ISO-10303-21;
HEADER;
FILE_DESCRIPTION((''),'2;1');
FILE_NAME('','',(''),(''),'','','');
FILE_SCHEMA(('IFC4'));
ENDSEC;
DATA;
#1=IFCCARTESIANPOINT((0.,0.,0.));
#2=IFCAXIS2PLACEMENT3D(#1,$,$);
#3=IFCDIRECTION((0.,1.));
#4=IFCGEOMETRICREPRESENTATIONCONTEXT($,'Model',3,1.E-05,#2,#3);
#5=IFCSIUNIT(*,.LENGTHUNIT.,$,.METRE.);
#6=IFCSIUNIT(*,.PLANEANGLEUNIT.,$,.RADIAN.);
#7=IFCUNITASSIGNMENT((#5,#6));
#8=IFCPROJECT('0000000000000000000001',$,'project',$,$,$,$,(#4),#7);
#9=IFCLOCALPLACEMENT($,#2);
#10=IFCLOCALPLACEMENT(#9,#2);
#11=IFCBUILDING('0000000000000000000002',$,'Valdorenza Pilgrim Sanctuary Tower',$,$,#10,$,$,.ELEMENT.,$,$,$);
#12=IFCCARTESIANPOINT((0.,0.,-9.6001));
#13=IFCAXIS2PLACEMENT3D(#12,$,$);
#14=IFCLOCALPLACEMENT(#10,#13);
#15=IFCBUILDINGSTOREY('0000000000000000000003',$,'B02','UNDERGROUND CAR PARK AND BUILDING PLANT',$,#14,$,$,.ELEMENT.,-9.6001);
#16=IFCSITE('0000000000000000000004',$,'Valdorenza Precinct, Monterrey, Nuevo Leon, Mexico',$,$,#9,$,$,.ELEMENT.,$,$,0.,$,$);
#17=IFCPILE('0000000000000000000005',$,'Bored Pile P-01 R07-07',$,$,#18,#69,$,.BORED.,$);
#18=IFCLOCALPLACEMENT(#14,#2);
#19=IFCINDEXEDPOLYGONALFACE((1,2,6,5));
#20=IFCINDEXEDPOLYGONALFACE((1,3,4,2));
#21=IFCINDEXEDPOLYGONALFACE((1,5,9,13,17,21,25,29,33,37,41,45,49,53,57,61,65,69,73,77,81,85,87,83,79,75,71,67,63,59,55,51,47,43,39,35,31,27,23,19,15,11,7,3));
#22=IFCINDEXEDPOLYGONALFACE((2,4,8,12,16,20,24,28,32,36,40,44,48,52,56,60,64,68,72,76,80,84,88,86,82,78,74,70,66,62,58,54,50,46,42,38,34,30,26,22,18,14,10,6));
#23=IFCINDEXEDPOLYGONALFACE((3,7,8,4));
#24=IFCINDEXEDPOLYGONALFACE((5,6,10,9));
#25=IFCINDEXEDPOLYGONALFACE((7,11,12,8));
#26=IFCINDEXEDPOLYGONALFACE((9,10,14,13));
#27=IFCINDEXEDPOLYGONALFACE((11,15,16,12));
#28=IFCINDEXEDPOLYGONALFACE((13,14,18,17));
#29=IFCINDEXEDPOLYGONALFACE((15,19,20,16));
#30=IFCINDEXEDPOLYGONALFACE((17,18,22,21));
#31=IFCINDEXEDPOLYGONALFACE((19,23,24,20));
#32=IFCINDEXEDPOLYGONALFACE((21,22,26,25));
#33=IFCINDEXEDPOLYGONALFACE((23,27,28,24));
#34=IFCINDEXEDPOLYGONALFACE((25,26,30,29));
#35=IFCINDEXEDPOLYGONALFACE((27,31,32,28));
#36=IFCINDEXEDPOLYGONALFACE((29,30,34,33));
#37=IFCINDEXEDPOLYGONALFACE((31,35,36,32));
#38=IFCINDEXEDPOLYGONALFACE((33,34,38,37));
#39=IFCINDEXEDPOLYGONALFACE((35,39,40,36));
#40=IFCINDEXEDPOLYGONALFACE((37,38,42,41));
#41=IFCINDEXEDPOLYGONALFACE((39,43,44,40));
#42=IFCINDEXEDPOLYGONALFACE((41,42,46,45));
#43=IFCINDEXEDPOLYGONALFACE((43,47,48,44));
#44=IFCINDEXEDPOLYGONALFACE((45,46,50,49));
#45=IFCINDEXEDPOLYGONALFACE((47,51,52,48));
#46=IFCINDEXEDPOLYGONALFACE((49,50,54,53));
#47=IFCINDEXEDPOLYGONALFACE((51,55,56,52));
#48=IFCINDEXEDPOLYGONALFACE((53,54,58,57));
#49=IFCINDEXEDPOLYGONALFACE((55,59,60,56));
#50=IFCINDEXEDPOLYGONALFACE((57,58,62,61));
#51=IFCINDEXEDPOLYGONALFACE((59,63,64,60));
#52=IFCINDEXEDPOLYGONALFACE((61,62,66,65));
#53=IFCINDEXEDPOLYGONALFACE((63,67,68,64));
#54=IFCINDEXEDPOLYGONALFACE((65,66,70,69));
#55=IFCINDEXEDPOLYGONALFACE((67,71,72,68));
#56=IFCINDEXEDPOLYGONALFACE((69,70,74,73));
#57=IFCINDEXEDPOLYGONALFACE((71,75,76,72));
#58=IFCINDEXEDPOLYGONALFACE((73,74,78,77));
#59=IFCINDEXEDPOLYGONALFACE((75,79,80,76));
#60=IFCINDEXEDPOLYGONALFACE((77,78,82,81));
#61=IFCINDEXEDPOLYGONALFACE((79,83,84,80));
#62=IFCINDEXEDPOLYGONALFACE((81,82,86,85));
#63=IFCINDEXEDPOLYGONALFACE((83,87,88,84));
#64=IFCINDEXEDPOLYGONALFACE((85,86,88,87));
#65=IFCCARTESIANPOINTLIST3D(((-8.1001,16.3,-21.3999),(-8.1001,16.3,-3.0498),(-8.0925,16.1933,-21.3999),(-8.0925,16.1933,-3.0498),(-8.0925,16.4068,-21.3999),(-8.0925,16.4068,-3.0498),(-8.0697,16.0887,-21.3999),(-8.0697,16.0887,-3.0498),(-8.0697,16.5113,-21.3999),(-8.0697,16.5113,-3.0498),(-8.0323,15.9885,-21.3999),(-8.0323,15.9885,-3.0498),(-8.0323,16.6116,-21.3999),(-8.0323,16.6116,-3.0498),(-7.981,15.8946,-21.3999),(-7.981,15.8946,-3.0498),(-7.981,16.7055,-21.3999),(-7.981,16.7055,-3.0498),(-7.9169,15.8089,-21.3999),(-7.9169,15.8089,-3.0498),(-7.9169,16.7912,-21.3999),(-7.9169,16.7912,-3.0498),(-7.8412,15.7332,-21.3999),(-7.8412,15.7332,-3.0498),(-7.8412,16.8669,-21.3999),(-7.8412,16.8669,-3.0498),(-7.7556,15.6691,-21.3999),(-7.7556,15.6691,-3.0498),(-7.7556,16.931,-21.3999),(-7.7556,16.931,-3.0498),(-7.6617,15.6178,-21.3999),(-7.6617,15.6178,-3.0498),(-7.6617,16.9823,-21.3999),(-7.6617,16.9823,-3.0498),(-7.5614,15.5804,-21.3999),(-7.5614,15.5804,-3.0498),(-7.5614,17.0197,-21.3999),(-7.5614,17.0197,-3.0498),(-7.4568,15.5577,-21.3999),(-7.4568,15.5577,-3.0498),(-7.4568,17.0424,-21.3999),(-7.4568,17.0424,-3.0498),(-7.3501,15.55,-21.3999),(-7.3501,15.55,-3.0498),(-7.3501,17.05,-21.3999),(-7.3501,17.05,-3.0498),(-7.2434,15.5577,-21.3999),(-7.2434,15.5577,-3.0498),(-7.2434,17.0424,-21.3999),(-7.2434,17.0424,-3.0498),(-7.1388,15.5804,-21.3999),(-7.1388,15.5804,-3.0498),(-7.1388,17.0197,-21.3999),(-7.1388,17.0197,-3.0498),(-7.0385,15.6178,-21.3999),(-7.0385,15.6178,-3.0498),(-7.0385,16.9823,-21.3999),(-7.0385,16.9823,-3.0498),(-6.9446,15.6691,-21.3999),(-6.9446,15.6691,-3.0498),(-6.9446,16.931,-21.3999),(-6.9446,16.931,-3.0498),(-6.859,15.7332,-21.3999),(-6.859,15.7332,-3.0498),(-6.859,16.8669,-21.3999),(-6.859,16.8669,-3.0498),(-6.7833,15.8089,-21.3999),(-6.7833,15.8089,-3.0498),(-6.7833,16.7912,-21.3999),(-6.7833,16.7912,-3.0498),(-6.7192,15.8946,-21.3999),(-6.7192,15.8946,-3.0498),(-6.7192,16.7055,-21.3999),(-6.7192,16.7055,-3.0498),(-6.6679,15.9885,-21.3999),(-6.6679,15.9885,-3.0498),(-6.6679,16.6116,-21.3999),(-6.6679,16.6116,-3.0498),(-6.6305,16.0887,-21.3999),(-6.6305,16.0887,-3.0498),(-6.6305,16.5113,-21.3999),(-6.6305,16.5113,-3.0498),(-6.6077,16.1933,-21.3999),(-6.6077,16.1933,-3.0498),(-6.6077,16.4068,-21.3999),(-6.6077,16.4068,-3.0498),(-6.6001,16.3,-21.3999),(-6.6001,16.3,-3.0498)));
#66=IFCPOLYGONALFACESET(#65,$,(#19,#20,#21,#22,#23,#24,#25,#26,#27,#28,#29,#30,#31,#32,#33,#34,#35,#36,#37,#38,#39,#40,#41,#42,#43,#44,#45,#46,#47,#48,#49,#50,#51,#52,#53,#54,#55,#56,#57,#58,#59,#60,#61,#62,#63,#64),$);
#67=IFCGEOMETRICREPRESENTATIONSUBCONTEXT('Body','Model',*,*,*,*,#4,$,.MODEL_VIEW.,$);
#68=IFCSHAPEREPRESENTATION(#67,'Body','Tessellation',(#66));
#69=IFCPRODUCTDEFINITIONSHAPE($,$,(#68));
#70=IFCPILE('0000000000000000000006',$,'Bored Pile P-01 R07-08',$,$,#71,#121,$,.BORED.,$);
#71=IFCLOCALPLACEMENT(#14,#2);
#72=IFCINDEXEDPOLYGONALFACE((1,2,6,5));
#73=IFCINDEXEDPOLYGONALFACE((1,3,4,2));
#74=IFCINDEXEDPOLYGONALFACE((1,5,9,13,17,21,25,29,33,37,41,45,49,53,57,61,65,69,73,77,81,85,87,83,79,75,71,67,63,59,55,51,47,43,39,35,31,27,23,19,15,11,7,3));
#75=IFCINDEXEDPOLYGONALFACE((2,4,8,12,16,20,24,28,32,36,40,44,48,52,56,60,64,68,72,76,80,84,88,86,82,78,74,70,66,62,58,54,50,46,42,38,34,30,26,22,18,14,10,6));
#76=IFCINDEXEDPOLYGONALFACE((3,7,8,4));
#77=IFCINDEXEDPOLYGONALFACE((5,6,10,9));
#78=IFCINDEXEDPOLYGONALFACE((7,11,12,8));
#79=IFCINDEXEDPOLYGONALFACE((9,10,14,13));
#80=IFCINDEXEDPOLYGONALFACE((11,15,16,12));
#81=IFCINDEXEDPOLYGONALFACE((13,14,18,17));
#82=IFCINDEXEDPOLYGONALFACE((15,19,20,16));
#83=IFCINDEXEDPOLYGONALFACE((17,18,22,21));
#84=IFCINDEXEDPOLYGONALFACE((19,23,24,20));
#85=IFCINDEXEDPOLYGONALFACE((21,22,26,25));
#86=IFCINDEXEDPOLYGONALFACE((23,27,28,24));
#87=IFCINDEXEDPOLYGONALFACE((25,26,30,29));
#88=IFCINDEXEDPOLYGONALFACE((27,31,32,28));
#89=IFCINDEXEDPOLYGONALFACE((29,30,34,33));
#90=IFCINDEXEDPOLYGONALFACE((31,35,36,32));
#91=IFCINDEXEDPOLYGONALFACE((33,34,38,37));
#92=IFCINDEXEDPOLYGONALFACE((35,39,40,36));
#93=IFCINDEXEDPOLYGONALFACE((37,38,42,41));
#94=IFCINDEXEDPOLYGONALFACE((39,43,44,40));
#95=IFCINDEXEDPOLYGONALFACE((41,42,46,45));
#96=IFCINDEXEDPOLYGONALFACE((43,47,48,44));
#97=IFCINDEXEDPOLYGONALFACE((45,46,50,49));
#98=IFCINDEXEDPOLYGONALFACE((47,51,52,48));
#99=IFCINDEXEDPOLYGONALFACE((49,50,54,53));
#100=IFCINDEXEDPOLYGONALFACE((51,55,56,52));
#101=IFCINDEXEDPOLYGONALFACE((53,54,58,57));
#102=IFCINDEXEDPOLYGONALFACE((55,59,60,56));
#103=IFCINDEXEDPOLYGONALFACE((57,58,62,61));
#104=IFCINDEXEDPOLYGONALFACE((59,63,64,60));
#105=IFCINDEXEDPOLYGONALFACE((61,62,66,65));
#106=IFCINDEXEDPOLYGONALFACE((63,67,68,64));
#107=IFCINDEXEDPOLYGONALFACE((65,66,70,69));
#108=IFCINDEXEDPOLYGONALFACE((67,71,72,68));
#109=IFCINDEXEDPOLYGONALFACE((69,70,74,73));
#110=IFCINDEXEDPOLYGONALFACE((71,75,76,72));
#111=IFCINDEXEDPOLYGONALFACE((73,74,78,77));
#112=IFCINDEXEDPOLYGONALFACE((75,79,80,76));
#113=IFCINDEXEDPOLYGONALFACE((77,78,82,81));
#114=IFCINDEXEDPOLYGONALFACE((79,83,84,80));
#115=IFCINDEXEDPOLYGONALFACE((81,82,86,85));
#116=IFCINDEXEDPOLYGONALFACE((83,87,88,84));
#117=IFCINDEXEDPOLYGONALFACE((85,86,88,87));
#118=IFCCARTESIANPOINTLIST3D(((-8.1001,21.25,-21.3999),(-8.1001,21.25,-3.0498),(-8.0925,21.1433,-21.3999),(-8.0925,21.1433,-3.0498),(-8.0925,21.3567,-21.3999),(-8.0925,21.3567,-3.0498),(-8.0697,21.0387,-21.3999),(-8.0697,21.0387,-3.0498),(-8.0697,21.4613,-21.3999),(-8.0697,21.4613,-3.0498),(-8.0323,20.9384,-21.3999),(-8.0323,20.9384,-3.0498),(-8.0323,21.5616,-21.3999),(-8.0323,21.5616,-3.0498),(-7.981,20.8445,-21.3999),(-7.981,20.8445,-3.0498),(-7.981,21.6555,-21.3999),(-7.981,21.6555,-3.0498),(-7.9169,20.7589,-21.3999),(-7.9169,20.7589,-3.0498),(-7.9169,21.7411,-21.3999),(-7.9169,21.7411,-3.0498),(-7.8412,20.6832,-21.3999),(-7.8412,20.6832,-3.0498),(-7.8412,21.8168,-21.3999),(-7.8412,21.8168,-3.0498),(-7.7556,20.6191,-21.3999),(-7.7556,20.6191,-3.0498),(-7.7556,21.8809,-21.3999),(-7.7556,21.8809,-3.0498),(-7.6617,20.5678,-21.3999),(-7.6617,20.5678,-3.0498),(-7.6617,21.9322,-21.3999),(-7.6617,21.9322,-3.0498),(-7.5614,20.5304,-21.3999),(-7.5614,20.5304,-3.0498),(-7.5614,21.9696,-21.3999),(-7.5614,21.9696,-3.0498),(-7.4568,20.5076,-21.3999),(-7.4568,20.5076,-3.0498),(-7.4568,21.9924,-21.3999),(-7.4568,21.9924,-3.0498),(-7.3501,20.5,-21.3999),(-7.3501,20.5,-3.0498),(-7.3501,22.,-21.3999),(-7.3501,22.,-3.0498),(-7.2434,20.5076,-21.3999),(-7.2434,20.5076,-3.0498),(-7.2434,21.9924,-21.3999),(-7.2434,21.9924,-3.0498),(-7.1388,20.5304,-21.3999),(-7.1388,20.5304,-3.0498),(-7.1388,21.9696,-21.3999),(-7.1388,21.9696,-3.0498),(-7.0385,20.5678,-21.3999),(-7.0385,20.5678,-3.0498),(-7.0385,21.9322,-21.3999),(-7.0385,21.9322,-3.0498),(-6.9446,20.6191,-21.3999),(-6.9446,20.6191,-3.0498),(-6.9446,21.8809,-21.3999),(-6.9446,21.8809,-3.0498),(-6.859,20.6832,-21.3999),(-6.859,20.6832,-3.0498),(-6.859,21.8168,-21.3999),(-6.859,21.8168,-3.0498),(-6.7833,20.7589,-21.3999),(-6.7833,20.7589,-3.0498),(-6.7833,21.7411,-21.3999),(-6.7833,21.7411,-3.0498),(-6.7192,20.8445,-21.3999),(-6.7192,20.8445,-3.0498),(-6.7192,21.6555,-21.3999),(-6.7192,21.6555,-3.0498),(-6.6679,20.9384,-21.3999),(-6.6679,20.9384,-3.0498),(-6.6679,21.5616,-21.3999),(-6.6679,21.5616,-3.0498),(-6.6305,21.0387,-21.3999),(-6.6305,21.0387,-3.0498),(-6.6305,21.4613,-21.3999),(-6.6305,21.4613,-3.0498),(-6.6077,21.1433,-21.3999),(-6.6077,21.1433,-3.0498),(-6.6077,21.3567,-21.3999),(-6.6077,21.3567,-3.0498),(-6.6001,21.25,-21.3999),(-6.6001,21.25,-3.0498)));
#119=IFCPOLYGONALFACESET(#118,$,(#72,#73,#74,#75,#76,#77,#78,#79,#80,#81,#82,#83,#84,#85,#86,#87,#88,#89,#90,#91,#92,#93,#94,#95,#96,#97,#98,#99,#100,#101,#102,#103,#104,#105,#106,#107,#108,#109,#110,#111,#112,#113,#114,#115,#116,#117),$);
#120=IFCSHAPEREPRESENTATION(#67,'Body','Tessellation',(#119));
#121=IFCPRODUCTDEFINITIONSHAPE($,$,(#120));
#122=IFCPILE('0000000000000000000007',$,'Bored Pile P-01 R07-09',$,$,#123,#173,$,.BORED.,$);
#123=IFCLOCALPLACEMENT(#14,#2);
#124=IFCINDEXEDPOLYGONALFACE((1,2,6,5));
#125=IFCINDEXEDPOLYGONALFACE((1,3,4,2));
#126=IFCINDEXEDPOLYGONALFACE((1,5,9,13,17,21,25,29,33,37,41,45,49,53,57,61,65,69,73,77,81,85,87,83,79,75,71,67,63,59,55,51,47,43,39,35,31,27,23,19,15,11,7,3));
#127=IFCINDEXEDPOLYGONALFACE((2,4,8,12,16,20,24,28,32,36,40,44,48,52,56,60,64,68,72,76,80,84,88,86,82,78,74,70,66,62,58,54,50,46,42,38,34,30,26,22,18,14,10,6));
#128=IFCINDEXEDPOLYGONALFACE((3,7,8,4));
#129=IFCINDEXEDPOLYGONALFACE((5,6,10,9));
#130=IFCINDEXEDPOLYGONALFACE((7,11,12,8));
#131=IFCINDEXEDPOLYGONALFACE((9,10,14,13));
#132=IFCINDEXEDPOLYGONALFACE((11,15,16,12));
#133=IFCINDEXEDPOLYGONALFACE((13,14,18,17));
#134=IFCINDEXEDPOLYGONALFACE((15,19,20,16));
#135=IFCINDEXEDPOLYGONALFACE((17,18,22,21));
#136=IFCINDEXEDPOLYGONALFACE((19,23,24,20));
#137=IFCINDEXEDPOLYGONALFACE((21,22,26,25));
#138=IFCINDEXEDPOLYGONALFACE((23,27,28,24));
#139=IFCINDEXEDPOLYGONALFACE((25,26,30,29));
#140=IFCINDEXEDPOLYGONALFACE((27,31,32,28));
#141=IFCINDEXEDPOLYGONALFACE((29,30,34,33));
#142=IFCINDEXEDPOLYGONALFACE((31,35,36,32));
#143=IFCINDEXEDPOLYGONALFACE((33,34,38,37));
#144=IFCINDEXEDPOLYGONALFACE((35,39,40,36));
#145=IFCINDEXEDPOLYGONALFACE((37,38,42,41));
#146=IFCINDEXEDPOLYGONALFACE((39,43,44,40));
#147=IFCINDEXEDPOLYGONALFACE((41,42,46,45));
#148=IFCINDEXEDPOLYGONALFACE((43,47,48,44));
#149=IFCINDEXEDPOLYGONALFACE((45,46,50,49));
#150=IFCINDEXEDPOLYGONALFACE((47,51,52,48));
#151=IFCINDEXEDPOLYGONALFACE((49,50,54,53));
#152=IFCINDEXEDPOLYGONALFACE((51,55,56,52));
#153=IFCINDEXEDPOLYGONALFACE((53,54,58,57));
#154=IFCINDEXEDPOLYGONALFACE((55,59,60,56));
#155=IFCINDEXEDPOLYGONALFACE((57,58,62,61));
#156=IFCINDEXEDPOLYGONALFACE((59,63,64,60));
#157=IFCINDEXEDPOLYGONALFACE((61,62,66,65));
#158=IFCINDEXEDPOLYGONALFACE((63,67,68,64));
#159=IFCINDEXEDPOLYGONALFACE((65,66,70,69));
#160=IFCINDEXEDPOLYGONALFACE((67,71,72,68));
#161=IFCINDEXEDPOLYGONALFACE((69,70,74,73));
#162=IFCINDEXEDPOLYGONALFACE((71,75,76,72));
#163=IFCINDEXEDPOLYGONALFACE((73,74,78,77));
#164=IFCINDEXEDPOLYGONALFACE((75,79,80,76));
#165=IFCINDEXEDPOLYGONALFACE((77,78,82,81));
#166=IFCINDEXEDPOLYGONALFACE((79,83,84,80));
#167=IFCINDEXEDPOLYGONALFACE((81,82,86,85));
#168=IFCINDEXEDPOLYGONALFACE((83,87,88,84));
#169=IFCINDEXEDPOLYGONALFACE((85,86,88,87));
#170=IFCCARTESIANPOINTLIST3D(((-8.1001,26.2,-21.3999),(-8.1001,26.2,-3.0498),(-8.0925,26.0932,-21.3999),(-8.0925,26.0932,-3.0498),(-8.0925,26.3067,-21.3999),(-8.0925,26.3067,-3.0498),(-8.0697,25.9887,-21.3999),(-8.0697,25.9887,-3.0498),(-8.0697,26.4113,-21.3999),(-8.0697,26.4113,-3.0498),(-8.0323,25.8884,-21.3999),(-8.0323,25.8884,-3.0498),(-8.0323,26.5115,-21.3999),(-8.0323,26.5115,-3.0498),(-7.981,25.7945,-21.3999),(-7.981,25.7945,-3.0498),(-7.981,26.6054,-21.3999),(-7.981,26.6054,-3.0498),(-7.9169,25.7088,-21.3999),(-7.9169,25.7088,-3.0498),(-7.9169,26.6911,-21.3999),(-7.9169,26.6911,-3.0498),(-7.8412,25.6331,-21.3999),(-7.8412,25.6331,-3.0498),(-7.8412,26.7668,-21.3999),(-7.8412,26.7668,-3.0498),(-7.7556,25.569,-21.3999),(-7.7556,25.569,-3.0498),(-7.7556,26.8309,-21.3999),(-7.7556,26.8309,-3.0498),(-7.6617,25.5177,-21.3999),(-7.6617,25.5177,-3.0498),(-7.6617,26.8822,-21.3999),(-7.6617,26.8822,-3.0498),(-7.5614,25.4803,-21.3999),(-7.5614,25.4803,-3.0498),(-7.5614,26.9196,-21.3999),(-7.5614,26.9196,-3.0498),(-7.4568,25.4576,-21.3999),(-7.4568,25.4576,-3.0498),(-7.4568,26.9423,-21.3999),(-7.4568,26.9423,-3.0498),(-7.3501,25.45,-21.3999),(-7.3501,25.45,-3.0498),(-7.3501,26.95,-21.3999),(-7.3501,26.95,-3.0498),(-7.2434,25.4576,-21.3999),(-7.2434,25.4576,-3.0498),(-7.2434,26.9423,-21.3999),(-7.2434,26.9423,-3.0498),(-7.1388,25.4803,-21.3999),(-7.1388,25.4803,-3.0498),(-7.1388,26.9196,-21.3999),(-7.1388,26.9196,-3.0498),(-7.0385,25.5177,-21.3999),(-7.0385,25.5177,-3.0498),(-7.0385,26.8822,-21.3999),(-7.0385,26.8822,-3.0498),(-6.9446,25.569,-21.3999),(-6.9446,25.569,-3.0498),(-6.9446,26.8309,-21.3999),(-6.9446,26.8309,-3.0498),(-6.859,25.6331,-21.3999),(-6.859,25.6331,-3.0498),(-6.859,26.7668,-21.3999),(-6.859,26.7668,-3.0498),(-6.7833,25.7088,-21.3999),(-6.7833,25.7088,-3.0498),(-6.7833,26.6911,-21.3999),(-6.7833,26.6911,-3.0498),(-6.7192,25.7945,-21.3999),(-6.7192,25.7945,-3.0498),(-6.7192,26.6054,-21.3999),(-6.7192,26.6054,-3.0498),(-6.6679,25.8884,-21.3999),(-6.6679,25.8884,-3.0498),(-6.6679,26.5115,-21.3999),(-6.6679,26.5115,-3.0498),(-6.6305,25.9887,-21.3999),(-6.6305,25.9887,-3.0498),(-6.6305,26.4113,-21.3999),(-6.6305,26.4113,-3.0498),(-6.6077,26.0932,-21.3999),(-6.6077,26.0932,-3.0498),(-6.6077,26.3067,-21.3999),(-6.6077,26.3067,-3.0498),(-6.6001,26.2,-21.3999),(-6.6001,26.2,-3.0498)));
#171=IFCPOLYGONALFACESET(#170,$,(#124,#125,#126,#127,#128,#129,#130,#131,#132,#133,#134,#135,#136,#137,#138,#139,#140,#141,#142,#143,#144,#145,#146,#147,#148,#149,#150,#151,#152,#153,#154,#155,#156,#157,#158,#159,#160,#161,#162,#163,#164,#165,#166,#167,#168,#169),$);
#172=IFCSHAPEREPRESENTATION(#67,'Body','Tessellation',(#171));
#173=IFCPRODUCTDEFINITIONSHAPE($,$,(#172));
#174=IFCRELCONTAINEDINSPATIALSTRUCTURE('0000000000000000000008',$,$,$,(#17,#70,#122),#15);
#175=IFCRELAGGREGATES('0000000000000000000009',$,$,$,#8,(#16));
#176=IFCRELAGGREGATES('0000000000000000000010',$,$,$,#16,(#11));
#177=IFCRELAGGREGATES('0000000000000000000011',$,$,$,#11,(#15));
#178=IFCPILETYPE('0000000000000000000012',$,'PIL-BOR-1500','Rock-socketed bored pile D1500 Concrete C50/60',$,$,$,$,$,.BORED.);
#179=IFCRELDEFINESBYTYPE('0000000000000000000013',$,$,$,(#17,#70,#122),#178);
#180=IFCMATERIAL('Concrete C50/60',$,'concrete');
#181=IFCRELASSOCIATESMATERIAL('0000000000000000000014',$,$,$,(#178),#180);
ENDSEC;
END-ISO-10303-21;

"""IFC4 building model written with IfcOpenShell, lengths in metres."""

from ifc_helpers import new_model, si_unit, direction, frame, origin, origin_2d, place, context, subcontext, project, spatial, circle, extrude, source, transform, mapped, material, material_profile, profile_set, type_object, element, save


model = new_model("IFC4")

# Units and contexts
model_context = context("Model", 3, precision=1e-05, world=origin(), true_north=direction((0.0, 1.0)))
body_context = subcontext(model_context, "Body", "Model", "MODEL_VIEW")
ifc_project = project(units=[si_unit("LENGTHUNIT", "METRE"), si_unit("PLANEANGLEUNIT", "RADIAN")], contexts=[model_context])

# Site, building, storey
site_placement = place(None, origin())
site = spatial("IfcSite", under=ifc_project, at=site_placement, Name="Valdorenza Precinct, Monterrey, Nuevo Leon, Mexico", CompositionType="ELEMENT", RefElevation=0.0)
building_placement = place(site_placement, origin())
building = spatial("IfcBuilding", under=site, at=building_placement, Name="Valdorenza Pilgrim Sanctuary Tower", CompositionType="ELEMENT")
storey_placement = place(building_placement, frame((0.0, 0.0, -9.6001)))
storey = spatial("IfcBuildingStorey", under=building, at=storey_placement, Name="B02", Description="UNDERGROUND CAR PARK AND BUILDING PLANT", CompositionType="ELEMENT", Elevation=-9.6001)

# Piles
ifc_material_1 = material(Name="Concrete C50/60", Category="concrete")
ifc_material_profile_1 = material_profile(ifc_material_1, circle(Radius=0.75, at=origin_2d()), Name="BORED PILE 1500")
ifc_profile_set_1 = profile_set([ifc_material_profile_1], Name="Concrete C50/60")
pile_type = type_object("IfcPileType", Name="PIL-BOR-1500", Description="Rock-socketed bored pile D1500 Concrete C50/60", PredefinedType="BORED", material=ifc_profile_set_1)
shared_shape_1 = source(origin(), body_context, "Body", "SweptSolid", [
    extrude(circle(Radius=0.75, at=origin_2d()), origin(), (0.0, 0.0, 1.0), 18.3501),
])
for number, where, z_axis, x_axis, name in (
    (1, (-7.3501, 16.3, -3.0498), (0.0, 0.0, -1.0), (1.0, 0.0, 0.0), "Bored Pile P-01 R07-07"),
    (2, (-7.3501, 21.25, -3.0498), (0.0, 0.0, -1.0), (1.0, 0.0, 0.0), "Bored Pile P-01 R07-08"),
    (3, (-7.3501, 26.2, -3.0498), (0.0, 0.0, -1.0), (1.0, 0.0, 0.0), "Bored Pile P-01 R07-09"),
):
    element("IfcPile", number, at=place(storey_placement, frame(where, z_axis=z_axis, x_axis=x_axis)), inside=storey, type_object=pile_type, Name=name, PredefinedType="BORED", context=body_context, shape_type="MappedRepresentation", body=[
        mapped(shared_shape_1, transform((0.0, 0.0, 0.0), x_axis=(1.0, 0.0, 0.0), y_axis=(0.0, 1.0, 0.0), z_axis=(0.0, 0.0, 1.0), scale=1.0)),
    ])

save(model, "model.ifc")
